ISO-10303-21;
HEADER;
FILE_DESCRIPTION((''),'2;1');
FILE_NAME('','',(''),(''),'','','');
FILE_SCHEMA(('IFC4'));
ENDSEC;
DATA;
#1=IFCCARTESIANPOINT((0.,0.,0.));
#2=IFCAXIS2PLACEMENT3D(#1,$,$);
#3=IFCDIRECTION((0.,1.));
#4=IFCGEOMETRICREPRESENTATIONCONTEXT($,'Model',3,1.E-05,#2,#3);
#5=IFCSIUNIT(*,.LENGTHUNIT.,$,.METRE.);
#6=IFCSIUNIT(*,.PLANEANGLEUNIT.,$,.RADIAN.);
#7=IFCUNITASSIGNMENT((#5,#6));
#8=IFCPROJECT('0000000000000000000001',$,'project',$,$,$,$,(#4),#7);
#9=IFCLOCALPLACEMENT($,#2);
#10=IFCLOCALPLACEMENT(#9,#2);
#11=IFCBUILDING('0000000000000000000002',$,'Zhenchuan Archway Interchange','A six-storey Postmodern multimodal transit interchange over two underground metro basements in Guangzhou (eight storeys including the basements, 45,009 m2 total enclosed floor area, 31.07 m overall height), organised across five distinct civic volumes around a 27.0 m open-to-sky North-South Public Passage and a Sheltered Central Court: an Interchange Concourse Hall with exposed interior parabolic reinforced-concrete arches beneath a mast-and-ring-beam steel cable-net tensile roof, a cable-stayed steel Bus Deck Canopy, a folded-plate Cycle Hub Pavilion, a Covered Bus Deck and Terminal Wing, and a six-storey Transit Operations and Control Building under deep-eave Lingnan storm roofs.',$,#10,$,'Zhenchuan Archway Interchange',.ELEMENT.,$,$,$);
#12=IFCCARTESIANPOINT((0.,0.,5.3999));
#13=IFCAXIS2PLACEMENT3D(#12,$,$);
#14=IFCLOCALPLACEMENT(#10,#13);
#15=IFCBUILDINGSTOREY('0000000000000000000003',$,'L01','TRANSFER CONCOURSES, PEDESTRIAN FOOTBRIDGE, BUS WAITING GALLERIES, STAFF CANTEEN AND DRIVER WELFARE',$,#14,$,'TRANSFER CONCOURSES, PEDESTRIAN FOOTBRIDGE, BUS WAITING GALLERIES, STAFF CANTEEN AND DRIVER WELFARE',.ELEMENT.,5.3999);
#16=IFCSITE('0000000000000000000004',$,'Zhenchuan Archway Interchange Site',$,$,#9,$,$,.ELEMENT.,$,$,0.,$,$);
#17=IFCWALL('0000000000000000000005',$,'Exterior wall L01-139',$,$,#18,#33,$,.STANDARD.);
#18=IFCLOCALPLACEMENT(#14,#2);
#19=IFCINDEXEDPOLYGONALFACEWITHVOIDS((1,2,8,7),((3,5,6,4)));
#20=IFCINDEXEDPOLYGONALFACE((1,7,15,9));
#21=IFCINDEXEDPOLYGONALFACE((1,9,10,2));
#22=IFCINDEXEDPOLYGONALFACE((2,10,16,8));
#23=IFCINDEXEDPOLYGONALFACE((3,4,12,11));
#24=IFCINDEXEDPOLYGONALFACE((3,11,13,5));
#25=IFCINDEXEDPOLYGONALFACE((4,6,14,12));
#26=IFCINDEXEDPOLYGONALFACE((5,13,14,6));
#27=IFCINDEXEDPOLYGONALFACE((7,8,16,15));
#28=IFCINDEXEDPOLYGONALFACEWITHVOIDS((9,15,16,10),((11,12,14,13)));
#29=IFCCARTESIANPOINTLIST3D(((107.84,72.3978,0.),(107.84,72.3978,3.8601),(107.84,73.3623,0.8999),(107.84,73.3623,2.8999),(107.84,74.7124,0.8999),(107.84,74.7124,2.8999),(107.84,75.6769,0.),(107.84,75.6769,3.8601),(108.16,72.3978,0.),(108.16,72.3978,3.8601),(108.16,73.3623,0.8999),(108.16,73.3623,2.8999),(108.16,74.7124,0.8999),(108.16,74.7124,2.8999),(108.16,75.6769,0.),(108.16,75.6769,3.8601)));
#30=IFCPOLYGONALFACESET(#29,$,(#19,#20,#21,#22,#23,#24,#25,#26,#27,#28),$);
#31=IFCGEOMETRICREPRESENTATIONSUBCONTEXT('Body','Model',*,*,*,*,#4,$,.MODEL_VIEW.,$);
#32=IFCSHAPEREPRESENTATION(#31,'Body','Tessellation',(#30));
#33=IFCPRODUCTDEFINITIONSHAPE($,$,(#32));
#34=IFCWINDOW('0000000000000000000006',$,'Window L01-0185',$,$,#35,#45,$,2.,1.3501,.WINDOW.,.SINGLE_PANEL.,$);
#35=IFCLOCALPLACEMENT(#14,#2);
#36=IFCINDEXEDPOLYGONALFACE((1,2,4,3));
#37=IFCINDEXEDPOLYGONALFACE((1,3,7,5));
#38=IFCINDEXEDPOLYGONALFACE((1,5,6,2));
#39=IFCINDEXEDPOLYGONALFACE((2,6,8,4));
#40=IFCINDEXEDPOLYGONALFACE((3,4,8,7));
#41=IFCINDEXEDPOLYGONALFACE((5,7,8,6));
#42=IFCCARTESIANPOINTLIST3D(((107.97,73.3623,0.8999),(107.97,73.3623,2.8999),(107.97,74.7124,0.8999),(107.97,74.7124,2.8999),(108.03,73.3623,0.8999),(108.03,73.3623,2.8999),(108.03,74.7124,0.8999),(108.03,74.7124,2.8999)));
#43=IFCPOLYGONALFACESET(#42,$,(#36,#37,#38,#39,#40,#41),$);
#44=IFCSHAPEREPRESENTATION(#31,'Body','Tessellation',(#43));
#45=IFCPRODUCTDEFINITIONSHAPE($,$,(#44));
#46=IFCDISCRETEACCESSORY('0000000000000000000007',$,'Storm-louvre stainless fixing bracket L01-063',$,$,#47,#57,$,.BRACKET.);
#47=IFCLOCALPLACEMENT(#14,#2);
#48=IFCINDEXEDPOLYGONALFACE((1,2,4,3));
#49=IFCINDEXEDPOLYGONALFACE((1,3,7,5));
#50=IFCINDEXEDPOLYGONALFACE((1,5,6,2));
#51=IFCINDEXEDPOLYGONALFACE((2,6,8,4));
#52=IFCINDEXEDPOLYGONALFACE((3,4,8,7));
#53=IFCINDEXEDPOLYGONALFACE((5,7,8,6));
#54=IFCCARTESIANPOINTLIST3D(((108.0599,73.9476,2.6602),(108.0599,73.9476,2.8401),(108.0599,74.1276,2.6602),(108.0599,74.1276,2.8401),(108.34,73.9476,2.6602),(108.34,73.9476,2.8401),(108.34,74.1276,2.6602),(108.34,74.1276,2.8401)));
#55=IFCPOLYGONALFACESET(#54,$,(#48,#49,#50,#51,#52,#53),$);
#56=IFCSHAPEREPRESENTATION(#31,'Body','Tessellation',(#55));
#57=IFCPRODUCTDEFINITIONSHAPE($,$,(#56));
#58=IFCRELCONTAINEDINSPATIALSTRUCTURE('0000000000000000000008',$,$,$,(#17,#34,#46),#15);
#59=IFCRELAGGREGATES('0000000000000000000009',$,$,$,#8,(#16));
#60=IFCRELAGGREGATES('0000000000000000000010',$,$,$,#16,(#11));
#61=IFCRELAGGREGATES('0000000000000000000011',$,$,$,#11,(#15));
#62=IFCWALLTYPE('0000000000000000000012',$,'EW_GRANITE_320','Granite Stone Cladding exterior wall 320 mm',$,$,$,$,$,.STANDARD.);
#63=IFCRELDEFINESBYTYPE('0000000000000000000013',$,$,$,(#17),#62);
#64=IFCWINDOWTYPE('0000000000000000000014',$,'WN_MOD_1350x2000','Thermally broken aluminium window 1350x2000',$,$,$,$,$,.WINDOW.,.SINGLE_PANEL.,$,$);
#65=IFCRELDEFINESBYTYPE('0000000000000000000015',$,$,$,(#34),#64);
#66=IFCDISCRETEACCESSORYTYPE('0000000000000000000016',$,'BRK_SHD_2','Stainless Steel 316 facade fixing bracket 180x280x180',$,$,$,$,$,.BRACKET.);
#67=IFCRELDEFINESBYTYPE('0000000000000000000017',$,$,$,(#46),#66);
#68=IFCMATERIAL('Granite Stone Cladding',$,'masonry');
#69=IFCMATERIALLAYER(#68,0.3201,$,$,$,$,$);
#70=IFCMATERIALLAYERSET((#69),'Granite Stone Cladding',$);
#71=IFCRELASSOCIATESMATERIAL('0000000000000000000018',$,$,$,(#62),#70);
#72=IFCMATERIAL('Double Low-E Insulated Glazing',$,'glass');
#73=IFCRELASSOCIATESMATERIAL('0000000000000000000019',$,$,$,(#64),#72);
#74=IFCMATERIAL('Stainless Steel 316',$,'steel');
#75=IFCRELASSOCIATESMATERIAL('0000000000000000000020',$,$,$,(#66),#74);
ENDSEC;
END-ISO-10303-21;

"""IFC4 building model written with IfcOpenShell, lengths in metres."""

from ifc_helpers import new_model, si_unit, direction, frame, frame_2d, origin, origin_2d, place, context, subcontext, project, spatial, rectangle, extrude, material, layer, layer_set, type_object, element, fill, save


model = new_model("IFC4")

# Units and contexts
model_context = context("Model", 3, precision=1e-05, world=origin(), true_north=direction((0.0, 1.0)))
body_context = subcontext(model_context, "Body", "Model", "MODEL_VIEW")
ifc_project = project(units=[si_unit("LENGTHUNIT", "METRE"), si_unit("PLANEANGLEUNIT", "RADIAN")], contexts=[model_context])

# Site, building, storey
site_placement = place(None, origin())
site = spatial("IfcSite", under=ifc_project, at=site_placement, Name="Zhenchuan Archway Interchange Site", CompositionType="ELEMENT", RefElevation=0.0)
building_placement = place(site_placement, origin())
building = spatial("IfcBuilding", under=site, at=building_placement, Name="Zhenchuan Archway Interchange", Description="A six-storey Postmodern multimodal transit interchange over two underground metro basements in Guangzhou (eight storeys including the basements, 45,009 m2 total enclosed floor area, 31.07 m overall height), organised across five distinct civic volumes around a 27.0 m open-to-sky North-South Public Passage and a Sheltered Central Court: an Interchange Concourse Hall with exposed interior parabolic reinforced-concrete arches beneath a mast-and-ring-beam steel cable-net tensile roof, a cable-stayed steel Bus Deck Canopy, a folded-plate Cycle Hub Pavilion, a Covered Bus Deck and Terminal Wing, and a six-storey Transit Operations and Control Building under deep-eave Lingnan storm roofs.", LongName="Zhenchuan Archway Interchange", CompositionType="ELEMENT")
storey_placement = place(building_placement, frame((0.0, 0.0, 5.3999)))
storey = spatial("IfcBuildingStorey", under=building, at=storey_placement, Name="L01", Description="TRANSFER CONCOURSES, PEDESTRIAN FOOTBRIDGE, BUS WAITING GALLERIES, STAFF CANTEEN AND DRIVER WELFARE", LongName="TRANSFER CONCOURSES, PEDESTRIAN FOOTBRIDGE, BUS WAITING GALLERIES, STAFF CANTEEN AND DRIVER WELFARE", CompositionType="ELEMENT", Elevation=5.3999)

# Shared definitions
ifc_material_1 = material(Name="Double Low-E Insulated Glazing", Category="glass")

# Shared definitions
ifc_material_2 = material(Name="Granite Stone Cladding", Category="masonry")
ifc_layer_1 = layer(ifc_material_2, 0.3201)
ifc_layer_set_1 = layer_set([ifc_layer_1], Name="Granite Stone Cladding")
wall_type = type_object("IfcWallType", Name="EW_GRANITE_320", Description="Granite Stone Cladding exterior wall 320 mm", PredefinedType="STANDARD", material=ifc_layer_set_1)
window_type_1 = type_object("IfcWindowType", Name="WN_MOD_1350x2000", Description="Thermally broken aluminium window 1350x2000", PartitioningType="SINGLE_PANEL", PredefinedType="WINDOW", material=ifc_material_1)

# Wall, opening, window
wall_1_placement = place(storey_placement, frame((108.0, 75.677, 0.0), z_axis=(0.0, 0.0, 1.0), x_axis=(0.0, -1.0, 0.0)))
wall_1 = element("IfcWall", 1, at=wall_1_placement, inside=storey, type_object=wall_type, Name="Exterior wall L01-139", PredefinedType="STANDARD", context=body_context, shape_type="SweptSolid", body=[
    extrude(rectangle(XDim=3.2791, YDim=0.3201, at=frame_2d((1.6396, 0.0))), origin(), (0.0, 0.0, 1.0), 3.8601),
])
opening_1_placement = place(wall_1_placement, frame((0.9646, 0.0, 0.8999)))
opening_1 = element("IfcOpeningElement", 2, at=opening_1_placement, cuts=wall_1, PredefinedType="OPENING", context=body_context, shape_type="SweptSolid", body=[
    extrude(rectangle(XDim=1.3501, YDim=2.0, at=frame_2d((0.675, 1.0))), frame((0.0, 0.1719, 0.0), z_axis=(0.0, -1.0, 0.0), x_axis=(1.0, 0.0, 0.0)), (0.0, 0.0, 1.0), 0.344),
])
window_1_placement = place(opening_1_placement, origin())
window_1 = element("IfcWindow", 3, at=window_1_placement, inside=storey, type_object=window_type_1, Name="Window L01-0185", OverallHeight=2.0, OverallWidth=1.3501, PartitioningType="SINGLE_PANEL", PredefinedType="WINDOW", context=body_context, shape_type="SweptSolid", body=[
    extrude(rectangle(XDim=1.3501, YDim=2.0, at=frame_2d((0.675, 1.0))), frame((0.0, 0.03, 0.0), z_axis=(0.0, -1.0, 0.0), x_axis=(1.0, 0.0, 0.0)), (0.0, 0.0, 1.0), 0.0601),
])
fill(opening_1, window_1)

# Discrete accessory
ifc_material_3 = material(Name="Stainless Steel 316", Category="steel")
discrete_accessory_type = type_object("IfcDiscreteAccessoryType", Name="BRK_SHD_2", Description="Stainless Steel 316 facade fixing bracket 180x280x180", PredefinedType="BRACKET", material=ifc_material_3)
discrete_accessory_placement = place(storey_placement, frame((108.2, 74.0376, 2.6602), z_axis=(0.0, 0.0, 1.0), x_axis=(0.0, -1.0, 0.0)))
element("IfcDiscreteAccessory", 4, at=discrete_accessory_placement, inside=storey, type_object=discrete_accessory_type, Name="Storm-louvre stainless fixing bracket L01-063", PredefinedType="BRACKET", context=body_context, shape_type="SweptSolid", body=[
    extrude(rectangle(XDim=0.1799, YDim=0.28, at=origin_2d()), origin(), (0.0, 0.0, 1.0), 0.1799),
])

save(model, "model.ifc")
